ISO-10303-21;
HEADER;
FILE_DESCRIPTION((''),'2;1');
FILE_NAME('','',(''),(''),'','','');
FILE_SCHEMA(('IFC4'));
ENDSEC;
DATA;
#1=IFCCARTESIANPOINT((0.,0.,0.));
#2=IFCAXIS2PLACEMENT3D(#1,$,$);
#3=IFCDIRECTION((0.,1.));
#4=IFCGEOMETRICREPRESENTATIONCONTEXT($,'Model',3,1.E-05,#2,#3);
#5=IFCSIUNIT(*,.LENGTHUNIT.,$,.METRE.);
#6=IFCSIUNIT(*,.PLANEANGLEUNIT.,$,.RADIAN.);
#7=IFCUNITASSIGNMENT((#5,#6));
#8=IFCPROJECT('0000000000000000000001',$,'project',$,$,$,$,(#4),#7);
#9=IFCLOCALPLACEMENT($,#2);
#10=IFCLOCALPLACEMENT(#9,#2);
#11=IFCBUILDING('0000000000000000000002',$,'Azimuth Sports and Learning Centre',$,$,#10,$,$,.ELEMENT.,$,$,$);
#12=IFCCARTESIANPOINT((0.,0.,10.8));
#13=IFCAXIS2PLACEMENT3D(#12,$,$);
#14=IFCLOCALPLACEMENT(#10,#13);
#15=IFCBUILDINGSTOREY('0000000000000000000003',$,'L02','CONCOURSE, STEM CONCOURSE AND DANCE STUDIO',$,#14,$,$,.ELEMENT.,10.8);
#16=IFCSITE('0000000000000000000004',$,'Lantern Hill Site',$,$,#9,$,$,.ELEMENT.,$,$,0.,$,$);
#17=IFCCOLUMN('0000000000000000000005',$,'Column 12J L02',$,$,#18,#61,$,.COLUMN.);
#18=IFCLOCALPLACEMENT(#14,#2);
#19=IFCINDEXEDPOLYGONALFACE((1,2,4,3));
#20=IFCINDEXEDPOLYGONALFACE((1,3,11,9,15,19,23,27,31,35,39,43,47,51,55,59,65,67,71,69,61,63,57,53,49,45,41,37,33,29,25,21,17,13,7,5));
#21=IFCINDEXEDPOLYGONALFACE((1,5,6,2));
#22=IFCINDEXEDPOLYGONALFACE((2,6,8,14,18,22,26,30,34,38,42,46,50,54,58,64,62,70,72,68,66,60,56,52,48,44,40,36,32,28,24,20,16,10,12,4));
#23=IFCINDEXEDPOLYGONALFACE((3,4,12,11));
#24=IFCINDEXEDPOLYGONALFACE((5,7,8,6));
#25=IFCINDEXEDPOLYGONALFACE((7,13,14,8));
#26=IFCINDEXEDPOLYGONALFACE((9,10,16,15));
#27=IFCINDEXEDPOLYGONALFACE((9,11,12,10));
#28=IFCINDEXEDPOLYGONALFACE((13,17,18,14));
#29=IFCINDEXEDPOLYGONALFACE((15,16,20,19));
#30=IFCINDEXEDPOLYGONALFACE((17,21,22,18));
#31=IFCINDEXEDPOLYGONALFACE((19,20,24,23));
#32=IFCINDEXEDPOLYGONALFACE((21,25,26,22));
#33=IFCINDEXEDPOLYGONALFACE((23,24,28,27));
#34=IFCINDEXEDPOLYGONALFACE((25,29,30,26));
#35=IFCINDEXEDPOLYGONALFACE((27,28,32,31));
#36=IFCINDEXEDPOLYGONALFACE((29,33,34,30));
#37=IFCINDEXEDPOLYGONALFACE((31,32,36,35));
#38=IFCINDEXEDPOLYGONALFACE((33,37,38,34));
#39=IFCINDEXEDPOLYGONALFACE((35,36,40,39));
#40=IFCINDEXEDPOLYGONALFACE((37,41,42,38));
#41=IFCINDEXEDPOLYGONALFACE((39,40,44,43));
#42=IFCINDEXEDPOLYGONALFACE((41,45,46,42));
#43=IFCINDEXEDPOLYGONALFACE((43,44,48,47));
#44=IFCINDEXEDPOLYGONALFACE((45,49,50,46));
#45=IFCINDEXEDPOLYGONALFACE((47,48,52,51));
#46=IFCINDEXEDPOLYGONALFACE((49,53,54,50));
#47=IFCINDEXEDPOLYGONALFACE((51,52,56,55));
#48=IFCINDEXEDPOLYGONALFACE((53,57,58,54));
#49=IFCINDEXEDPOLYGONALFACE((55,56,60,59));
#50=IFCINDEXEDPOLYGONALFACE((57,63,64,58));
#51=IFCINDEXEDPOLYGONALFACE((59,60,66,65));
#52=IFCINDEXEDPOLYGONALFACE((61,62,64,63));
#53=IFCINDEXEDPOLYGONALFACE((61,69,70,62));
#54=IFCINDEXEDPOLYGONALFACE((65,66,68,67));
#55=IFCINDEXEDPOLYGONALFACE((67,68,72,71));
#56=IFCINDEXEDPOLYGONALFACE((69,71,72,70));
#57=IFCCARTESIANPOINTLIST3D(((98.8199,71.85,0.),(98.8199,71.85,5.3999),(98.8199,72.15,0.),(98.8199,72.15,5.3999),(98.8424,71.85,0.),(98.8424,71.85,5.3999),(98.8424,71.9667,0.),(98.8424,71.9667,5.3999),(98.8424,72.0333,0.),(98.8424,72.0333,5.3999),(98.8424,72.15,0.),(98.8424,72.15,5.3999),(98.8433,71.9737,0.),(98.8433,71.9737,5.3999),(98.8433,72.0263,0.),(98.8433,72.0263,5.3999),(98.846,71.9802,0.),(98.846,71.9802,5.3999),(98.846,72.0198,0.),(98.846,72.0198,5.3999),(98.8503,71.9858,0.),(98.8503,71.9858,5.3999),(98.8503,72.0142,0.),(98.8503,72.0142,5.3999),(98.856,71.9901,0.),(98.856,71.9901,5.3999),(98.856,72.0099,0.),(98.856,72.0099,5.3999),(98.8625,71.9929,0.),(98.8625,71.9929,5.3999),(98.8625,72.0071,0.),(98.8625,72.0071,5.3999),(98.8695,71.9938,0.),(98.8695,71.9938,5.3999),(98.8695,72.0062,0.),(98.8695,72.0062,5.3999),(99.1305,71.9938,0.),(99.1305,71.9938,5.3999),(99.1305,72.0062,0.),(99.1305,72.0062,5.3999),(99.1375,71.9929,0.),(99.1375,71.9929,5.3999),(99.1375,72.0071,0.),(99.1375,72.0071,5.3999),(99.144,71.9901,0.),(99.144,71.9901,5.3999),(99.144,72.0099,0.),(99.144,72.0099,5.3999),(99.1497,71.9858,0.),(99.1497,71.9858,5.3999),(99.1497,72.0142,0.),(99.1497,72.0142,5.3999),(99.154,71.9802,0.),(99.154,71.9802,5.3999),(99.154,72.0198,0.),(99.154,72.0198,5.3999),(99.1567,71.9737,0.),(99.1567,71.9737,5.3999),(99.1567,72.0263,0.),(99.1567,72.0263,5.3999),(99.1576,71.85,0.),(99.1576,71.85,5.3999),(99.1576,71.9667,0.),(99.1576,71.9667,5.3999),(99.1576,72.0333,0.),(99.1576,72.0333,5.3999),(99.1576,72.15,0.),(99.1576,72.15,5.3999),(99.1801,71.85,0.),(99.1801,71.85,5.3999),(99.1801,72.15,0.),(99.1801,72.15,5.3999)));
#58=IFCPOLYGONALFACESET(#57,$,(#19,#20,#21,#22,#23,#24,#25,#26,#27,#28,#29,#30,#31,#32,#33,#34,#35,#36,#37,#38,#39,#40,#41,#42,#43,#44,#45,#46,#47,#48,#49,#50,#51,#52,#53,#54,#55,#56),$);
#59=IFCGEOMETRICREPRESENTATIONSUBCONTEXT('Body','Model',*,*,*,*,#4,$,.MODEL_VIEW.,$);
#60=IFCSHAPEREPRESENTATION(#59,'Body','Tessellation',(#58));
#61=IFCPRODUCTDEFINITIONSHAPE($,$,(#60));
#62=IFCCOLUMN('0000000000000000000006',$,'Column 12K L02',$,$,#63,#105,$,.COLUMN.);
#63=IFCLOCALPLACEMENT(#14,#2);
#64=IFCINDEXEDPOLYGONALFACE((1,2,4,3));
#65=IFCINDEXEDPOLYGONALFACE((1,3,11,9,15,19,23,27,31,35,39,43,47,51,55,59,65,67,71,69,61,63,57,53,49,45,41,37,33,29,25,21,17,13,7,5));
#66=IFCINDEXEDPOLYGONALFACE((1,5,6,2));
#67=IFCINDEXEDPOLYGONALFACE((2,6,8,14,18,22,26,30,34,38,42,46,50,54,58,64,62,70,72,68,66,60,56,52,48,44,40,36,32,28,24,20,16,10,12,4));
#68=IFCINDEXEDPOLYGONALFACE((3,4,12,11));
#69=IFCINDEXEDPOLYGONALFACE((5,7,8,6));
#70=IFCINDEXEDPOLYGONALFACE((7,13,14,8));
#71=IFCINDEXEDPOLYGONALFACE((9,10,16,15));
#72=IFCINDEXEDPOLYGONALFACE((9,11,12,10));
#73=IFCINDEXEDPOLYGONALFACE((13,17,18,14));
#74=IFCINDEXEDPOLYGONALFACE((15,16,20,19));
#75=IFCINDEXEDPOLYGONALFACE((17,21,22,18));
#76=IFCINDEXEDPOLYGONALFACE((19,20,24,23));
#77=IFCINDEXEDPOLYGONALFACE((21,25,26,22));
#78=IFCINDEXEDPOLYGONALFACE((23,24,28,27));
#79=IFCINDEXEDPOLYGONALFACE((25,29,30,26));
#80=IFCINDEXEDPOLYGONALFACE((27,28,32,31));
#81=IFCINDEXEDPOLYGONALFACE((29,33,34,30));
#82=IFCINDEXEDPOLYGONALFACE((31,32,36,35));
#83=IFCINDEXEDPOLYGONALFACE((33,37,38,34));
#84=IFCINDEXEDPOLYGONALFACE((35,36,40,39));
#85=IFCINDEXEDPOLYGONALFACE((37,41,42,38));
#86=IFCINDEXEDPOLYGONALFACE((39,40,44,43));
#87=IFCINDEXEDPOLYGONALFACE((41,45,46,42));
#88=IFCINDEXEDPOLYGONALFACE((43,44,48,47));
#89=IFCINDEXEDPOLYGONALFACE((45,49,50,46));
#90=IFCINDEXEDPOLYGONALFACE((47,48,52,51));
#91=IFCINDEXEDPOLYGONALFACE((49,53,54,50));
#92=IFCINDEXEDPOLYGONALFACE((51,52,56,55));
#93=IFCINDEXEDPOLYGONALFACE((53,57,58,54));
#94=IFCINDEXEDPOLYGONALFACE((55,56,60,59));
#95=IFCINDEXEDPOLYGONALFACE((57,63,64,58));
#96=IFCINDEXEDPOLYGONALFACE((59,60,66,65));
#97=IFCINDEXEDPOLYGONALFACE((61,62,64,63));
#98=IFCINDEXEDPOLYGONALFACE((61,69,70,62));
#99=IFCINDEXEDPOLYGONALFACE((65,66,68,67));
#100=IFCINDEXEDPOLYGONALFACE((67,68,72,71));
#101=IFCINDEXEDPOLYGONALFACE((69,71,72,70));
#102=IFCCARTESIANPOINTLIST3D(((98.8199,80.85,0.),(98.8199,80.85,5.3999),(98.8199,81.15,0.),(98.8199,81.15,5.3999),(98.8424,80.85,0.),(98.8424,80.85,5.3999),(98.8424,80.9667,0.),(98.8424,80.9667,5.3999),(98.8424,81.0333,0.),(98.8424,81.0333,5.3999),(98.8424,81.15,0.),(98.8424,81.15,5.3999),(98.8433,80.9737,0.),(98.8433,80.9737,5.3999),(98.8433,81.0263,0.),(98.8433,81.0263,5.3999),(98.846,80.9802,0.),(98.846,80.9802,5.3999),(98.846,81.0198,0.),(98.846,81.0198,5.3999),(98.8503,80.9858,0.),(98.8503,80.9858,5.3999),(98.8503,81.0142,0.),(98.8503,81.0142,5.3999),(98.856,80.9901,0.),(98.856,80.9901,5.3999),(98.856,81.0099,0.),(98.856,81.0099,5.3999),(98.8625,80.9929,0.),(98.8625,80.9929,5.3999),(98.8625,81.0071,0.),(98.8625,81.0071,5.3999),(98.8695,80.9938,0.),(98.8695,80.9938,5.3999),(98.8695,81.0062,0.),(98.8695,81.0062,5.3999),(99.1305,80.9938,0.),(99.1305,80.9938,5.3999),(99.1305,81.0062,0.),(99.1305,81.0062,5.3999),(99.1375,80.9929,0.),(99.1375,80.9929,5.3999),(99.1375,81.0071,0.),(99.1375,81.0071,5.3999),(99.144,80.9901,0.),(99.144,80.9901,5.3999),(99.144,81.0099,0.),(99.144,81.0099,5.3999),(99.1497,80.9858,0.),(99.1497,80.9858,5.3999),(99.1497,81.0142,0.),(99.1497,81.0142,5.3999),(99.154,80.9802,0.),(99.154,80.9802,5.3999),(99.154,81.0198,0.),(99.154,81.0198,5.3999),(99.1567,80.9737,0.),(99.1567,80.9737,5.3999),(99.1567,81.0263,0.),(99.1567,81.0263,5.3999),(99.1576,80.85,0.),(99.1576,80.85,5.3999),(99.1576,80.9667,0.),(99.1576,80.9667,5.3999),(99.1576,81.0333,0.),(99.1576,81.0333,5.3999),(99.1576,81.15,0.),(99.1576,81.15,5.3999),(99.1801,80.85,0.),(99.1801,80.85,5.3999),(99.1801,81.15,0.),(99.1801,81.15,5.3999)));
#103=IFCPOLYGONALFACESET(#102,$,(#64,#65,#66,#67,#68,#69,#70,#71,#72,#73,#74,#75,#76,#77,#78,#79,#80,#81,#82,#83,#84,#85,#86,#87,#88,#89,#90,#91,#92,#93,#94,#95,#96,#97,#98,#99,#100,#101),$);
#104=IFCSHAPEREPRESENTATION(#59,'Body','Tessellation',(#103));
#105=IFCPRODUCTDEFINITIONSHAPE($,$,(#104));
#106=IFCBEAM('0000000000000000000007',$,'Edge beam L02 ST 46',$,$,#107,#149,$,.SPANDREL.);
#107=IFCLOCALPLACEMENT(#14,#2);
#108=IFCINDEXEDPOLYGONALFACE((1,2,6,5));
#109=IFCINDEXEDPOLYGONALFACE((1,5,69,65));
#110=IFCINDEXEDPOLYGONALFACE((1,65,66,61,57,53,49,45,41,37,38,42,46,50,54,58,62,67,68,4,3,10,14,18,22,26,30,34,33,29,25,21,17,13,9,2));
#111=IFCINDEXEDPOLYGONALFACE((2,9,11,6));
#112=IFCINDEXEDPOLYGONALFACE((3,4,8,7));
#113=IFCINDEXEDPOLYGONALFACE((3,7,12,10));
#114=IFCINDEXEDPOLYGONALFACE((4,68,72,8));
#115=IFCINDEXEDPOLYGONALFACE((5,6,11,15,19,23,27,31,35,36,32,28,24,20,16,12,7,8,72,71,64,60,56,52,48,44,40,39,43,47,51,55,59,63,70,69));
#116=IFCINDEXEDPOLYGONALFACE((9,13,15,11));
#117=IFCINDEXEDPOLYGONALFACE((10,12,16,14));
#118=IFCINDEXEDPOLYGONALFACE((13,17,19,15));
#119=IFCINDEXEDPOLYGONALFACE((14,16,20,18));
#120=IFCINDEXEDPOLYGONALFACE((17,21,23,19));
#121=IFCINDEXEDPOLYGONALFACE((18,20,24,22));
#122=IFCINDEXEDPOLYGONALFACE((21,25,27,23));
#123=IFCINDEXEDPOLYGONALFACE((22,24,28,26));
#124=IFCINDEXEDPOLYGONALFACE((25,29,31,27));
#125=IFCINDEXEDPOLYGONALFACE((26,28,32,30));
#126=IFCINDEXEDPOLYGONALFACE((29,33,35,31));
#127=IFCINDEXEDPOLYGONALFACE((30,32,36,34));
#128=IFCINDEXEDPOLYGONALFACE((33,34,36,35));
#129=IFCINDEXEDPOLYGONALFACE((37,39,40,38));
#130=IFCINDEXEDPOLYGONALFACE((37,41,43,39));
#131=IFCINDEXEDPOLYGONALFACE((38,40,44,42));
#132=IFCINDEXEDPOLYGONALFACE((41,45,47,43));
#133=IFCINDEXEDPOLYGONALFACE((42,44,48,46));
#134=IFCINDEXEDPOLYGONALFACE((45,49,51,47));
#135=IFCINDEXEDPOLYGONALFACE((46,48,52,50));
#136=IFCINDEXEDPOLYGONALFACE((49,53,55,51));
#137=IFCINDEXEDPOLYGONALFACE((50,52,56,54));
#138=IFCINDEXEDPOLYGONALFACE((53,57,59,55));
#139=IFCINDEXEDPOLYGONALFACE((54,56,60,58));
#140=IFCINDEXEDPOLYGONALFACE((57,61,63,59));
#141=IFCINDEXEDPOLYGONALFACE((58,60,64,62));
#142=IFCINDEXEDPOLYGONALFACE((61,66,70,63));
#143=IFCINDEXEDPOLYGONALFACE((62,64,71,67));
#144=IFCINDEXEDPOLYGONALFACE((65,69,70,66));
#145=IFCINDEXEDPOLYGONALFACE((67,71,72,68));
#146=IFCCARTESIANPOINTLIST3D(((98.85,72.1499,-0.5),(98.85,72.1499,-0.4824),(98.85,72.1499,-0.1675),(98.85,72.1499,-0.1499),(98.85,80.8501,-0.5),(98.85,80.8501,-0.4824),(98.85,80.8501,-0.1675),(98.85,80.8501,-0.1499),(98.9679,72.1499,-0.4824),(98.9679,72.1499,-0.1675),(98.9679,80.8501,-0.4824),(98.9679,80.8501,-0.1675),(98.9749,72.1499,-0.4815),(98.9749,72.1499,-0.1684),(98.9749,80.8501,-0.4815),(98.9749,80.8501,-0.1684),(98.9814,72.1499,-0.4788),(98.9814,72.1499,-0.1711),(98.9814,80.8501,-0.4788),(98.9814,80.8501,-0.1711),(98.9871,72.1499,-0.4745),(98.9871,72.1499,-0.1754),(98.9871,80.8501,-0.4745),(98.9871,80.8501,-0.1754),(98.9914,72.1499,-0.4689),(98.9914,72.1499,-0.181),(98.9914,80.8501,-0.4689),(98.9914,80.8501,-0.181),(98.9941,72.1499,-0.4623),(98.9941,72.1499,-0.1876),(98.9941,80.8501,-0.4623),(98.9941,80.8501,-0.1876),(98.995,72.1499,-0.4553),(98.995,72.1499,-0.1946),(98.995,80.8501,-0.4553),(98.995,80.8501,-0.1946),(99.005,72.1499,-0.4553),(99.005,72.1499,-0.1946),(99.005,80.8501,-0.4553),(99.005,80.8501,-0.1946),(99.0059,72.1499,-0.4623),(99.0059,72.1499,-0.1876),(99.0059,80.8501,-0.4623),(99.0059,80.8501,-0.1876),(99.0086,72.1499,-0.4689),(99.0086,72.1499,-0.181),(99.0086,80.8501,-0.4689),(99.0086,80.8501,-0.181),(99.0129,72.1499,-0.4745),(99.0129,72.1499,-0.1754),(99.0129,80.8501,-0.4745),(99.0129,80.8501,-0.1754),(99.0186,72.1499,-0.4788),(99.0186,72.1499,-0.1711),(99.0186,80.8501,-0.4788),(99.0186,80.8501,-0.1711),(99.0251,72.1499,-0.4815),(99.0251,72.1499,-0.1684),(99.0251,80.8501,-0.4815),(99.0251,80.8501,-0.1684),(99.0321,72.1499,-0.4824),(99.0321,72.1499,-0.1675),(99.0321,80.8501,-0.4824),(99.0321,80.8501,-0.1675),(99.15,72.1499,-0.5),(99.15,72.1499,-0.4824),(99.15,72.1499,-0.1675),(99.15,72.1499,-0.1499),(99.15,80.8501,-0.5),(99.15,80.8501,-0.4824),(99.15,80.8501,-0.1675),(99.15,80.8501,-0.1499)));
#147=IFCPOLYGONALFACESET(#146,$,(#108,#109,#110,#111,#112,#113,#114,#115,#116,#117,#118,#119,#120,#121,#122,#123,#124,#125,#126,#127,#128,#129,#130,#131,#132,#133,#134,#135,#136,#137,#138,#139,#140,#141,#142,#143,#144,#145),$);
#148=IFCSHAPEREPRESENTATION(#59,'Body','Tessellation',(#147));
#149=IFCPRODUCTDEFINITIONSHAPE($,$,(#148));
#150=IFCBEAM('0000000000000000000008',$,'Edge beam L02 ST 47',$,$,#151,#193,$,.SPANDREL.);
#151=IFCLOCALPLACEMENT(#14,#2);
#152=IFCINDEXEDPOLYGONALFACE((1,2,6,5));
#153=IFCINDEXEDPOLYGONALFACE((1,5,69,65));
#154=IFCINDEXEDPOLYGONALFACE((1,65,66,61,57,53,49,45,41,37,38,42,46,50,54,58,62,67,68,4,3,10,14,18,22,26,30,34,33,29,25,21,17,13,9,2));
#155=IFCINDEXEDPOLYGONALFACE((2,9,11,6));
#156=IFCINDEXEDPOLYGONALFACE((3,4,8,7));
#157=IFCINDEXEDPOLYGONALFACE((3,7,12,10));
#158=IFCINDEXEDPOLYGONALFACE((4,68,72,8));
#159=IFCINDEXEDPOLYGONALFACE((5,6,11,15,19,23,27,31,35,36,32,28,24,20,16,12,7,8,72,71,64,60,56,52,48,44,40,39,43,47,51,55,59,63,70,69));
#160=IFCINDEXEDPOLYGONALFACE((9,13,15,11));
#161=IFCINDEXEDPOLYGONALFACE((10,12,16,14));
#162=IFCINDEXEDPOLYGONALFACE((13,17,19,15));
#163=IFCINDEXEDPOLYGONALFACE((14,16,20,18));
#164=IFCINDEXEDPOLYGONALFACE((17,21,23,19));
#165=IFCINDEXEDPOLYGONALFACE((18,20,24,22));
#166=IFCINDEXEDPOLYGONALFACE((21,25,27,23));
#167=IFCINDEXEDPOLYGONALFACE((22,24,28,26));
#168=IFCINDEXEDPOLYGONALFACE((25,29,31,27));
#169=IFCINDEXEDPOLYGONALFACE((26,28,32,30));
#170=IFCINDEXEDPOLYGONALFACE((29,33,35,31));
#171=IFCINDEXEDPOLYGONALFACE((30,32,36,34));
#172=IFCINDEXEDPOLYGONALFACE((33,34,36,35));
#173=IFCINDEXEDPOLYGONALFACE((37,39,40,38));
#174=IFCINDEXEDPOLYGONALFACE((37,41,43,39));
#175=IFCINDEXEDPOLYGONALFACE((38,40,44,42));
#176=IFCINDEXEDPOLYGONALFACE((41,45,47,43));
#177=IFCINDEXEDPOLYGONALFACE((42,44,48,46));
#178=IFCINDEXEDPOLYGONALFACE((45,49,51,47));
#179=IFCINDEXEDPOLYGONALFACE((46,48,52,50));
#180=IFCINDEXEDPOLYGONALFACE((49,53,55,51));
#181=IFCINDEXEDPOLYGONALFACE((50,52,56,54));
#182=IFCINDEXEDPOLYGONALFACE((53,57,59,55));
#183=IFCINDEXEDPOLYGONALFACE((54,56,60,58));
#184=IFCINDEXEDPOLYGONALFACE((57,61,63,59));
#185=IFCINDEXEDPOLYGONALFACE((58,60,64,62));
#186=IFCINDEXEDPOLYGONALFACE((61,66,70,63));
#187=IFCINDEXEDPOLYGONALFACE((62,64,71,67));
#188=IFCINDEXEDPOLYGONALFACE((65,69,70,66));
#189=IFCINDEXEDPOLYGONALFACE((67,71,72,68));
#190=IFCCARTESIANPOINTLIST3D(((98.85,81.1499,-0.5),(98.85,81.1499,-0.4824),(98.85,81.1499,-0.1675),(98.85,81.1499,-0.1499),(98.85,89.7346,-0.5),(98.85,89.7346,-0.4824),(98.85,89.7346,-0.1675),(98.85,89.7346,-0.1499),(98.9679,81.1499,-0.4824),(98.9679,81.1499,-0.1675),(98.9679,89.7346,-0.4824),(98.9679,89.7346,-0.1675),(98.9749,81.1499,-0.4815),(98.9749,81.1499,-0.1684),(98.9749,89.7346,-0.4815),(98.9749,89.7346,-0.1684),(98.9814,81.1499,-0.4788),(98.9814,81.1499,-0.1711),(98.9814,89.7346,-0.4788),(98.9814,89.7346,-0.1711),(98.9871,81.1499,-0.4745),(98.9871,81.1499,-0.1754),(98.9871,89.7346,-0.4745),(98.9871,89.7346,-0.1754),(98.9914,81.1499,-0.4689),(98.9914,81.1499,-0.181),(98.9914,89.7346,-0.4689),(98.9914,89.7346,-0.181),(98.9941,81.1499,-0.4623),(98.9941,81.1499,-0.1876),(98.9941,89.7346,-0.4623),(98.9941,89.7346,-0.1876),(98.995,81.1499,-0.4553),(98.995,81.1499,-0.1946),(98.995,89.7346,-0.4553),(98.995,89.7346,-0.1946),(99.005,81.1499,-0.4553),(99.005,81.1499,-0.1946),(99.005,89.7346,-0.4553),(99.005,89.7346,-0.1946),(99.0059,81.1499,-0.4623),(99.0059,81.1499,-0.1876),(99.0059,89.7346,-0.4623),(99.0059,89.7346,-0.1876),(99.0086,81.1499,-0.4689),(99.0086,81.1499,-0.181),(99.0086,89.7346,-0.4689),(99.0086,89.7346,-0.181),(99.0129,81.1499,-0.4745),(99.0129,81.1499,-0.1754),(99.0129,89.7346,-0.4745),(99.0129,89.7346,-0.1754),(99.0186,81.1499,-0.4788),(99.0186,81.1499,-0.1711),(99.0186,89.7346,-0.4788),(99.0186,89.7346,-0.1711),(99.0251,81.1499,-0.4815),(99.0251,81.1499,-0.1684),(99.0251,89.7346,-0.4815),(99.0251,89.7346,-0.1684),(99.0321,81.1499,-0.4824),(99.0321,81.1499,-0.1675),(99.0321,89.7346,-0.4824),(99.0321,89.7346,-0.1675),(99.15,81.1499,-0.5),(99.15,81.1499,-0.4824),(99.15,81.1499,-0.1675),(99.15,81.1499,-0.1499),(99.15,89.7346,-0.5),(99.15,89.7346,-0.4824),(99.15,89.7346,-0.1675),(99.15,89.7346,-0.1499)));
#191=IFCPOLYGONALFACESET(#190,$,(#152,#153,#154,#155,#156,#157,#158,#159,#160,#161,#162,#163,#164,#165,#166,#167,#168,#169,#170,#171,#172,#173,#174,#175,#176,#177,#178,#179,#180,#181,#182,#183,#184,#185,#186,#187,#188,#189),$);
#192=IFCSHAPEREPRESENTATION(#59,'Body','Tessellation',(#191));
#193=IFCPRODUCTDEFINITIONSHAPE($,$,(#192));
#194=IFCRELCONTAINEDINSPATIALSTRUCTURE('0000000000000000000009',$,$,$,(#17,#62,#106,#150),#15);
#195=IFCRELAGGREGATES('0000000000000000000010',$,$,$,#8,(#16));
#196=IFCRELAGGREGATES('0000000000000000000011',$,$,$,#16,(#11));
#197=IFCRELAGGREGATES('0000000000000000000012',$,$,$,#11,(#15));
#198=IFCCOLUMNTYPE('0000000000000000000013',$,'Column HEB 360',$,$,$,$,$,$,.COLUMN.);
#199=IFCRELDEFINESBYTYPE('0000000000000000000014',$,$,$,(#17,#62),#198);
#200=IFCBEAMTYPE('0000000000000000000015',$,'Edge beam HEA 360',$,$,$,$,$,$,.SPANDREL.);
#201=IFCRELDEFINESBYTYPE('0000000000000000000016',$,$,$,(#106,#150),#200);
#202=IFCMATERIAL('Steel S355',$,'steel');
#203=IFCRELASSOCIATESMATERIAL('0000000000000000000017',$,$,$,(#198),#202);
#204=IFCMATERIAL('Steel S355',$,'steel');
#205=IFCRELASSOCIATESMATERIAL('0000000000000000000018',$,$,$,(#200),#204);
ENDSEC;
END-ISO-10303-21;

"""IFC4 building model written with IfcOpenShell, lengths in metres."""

from ifc_helpers import new_model, si_unit, direction, frame, origin, origin_2d, place, context, subcontext, project, spatial, i_section, extrude, material, material_profile, profile_set, type_object, element, save


model = new_model("IFC4")

# Units and contexts
model_context = context("Model", 3, precision=1e-05, world=origin(), true_north=direction((0.0, 1.0)))
body_context = subcontext(model_context, "Body", "Model", "MODEL_VIEW")
ifc_project = project(units=[si_unit("LENGTHUNIT", "METRE"), si_unit("PLANEANGLEUNIT", "RADIAN")], contexts=[model_context])

# Site, building, storey
site_placement = place(None, origin())
site = spatial("IfcSite", under=ifc_project, at=site_placement, Name="Lantern Hill Site", CompositionType="ELEMENT", RefElevation=0.0)
building_placement = place(site_placement, origin())
building = spatial("IfcBuilding", under=site, at=building_placement, Name="Azimuth Sports and Learning Centre", CompositionType="ELEMENT")
storey_placement = place(building_placement, frame((0.0, 0.0, 10.8)))
storey = spatial("IfcBuildingStorey", under=building, at=storey_placement, Name="L02", Description="CONCOURSE, STEM CONCOURSE AND DANCE STUDIO", CompositionType="ELEMENT", Elevation=10.8)

# Columns
ifc_material_1 = material(Name="Steel S355", Category="steel")
ifc_material_profile_1 = material_profile(ifc_material_1, i_section(OverallWidth=0.3, OverallDepth=0.3601, WebThickness=0.0125, FlangeThickness=0.0225, FilletRadius=0.0271, at=origin_2d()), Name="HEB 360")
ifc_profile_set_1 = profile_set([ifc_material_profile_1], Name="Steel S355")
column_type = type_object("IfcColumnType", Name="Column HEB 360", PredefinedType="COLUMN", material=ifc_profile_set_1)
for number, where, z_axis, x_axis, name in (
    (1, (99.0, 72.0, 0.0), (0.0, 0.0, 1.0), (0.0, 1.0, 0.0), "Column 12J L02"),
    (2, (99.0, 81.0, 0.0), (0.0, 0.0, 1.0), (0.0, 1.0, 0.0), "Column 12K L02"),
):
    element("IfcColumn", number, at=place(storey_placement, frame(where, z_axis=z_axis, x_axis=x_axis)), inside=storey, type_object=column_type, Name=name, PredefinedType="COLUMN", context=body_context, shape_type="SweptSolid", body=[
        extrude(i_section(OverallWidth=0.3, OverallDepth=0.3601, WebThickness=0.0125, FlangeThickness=0.0225, FilletRadius=0.0271, at=origin_2d()), origin(), (0.0, 0.0, 1.0), 5.3999),
    ])

# Beams
ifc_material_2 = material(Name="Steel S355", Category="steel")
ifc_material_profile_2 = material_profile(ifc_material_2, i_section(OverallWidth=0.3, OverallDepth=0.3501, WebThickness=0.01, FlangeThickness=0.0176, FilletRadius=0.0271, at=origin_2d()), Name="HEA 360")
ifc_profile_set_2 = profile_set([ifc_material_profile_2], Name="Steel S355")
beam_type_1 = type_object("IfcBeamType", Name="Edge beam HEA 360", PredefinedType="SPANDREL", material=ifc_profile_set_2)
beam_1_placement = place(storey_placement, frame((99.0, 72.1499, -0.325), z_axis=(0.0, 1.0, 0.0), x_axis=(-1.0, 0.0, 0.0)))
element("IfcBeam", 3, at=beam_1_placement, inside=storey, type_object=beam_type_1, Name="Edge beam L02 ST 46", PredefinedType="SPANDREL", context=body_context, shape_type="SweptSolid", body=[
    extrude(i_section(OverallWidth=0.3, OverallDepth=0.3501, WebThickness=0.01, FlangeThickness=0.0176, FilletRadius=0.0271, at=origin_2d()), origin(), (0.0, 0.0, 1.0), 8.7002),
])
beam_2_placement = place(storey_placement, frame((99.0, 81.1499, -0.325), z_axis=(0.0, 1.0, 0.0), x_axis=(-1.0, 0.0, 0.0)))
element("IfcBeam", 4, at=beam_2_placement, inside=storey, type_object=beam_type_1, Name="Edge beam L02 ST 47", PredefinedType="SPANDREL", context=body_context, shape_type="SweptSolid", body=[
    extrude(i_section(OverallWidth=0.3, OverallDepth=0.3501, WebThickness=0.01, FlangeThickness=0.0176, FilletRadius=0.0271, at=origin_2d()), origin(), (0.0, 0.0, 1.0), 8.5847),
])

save(model, "model.ifc")
